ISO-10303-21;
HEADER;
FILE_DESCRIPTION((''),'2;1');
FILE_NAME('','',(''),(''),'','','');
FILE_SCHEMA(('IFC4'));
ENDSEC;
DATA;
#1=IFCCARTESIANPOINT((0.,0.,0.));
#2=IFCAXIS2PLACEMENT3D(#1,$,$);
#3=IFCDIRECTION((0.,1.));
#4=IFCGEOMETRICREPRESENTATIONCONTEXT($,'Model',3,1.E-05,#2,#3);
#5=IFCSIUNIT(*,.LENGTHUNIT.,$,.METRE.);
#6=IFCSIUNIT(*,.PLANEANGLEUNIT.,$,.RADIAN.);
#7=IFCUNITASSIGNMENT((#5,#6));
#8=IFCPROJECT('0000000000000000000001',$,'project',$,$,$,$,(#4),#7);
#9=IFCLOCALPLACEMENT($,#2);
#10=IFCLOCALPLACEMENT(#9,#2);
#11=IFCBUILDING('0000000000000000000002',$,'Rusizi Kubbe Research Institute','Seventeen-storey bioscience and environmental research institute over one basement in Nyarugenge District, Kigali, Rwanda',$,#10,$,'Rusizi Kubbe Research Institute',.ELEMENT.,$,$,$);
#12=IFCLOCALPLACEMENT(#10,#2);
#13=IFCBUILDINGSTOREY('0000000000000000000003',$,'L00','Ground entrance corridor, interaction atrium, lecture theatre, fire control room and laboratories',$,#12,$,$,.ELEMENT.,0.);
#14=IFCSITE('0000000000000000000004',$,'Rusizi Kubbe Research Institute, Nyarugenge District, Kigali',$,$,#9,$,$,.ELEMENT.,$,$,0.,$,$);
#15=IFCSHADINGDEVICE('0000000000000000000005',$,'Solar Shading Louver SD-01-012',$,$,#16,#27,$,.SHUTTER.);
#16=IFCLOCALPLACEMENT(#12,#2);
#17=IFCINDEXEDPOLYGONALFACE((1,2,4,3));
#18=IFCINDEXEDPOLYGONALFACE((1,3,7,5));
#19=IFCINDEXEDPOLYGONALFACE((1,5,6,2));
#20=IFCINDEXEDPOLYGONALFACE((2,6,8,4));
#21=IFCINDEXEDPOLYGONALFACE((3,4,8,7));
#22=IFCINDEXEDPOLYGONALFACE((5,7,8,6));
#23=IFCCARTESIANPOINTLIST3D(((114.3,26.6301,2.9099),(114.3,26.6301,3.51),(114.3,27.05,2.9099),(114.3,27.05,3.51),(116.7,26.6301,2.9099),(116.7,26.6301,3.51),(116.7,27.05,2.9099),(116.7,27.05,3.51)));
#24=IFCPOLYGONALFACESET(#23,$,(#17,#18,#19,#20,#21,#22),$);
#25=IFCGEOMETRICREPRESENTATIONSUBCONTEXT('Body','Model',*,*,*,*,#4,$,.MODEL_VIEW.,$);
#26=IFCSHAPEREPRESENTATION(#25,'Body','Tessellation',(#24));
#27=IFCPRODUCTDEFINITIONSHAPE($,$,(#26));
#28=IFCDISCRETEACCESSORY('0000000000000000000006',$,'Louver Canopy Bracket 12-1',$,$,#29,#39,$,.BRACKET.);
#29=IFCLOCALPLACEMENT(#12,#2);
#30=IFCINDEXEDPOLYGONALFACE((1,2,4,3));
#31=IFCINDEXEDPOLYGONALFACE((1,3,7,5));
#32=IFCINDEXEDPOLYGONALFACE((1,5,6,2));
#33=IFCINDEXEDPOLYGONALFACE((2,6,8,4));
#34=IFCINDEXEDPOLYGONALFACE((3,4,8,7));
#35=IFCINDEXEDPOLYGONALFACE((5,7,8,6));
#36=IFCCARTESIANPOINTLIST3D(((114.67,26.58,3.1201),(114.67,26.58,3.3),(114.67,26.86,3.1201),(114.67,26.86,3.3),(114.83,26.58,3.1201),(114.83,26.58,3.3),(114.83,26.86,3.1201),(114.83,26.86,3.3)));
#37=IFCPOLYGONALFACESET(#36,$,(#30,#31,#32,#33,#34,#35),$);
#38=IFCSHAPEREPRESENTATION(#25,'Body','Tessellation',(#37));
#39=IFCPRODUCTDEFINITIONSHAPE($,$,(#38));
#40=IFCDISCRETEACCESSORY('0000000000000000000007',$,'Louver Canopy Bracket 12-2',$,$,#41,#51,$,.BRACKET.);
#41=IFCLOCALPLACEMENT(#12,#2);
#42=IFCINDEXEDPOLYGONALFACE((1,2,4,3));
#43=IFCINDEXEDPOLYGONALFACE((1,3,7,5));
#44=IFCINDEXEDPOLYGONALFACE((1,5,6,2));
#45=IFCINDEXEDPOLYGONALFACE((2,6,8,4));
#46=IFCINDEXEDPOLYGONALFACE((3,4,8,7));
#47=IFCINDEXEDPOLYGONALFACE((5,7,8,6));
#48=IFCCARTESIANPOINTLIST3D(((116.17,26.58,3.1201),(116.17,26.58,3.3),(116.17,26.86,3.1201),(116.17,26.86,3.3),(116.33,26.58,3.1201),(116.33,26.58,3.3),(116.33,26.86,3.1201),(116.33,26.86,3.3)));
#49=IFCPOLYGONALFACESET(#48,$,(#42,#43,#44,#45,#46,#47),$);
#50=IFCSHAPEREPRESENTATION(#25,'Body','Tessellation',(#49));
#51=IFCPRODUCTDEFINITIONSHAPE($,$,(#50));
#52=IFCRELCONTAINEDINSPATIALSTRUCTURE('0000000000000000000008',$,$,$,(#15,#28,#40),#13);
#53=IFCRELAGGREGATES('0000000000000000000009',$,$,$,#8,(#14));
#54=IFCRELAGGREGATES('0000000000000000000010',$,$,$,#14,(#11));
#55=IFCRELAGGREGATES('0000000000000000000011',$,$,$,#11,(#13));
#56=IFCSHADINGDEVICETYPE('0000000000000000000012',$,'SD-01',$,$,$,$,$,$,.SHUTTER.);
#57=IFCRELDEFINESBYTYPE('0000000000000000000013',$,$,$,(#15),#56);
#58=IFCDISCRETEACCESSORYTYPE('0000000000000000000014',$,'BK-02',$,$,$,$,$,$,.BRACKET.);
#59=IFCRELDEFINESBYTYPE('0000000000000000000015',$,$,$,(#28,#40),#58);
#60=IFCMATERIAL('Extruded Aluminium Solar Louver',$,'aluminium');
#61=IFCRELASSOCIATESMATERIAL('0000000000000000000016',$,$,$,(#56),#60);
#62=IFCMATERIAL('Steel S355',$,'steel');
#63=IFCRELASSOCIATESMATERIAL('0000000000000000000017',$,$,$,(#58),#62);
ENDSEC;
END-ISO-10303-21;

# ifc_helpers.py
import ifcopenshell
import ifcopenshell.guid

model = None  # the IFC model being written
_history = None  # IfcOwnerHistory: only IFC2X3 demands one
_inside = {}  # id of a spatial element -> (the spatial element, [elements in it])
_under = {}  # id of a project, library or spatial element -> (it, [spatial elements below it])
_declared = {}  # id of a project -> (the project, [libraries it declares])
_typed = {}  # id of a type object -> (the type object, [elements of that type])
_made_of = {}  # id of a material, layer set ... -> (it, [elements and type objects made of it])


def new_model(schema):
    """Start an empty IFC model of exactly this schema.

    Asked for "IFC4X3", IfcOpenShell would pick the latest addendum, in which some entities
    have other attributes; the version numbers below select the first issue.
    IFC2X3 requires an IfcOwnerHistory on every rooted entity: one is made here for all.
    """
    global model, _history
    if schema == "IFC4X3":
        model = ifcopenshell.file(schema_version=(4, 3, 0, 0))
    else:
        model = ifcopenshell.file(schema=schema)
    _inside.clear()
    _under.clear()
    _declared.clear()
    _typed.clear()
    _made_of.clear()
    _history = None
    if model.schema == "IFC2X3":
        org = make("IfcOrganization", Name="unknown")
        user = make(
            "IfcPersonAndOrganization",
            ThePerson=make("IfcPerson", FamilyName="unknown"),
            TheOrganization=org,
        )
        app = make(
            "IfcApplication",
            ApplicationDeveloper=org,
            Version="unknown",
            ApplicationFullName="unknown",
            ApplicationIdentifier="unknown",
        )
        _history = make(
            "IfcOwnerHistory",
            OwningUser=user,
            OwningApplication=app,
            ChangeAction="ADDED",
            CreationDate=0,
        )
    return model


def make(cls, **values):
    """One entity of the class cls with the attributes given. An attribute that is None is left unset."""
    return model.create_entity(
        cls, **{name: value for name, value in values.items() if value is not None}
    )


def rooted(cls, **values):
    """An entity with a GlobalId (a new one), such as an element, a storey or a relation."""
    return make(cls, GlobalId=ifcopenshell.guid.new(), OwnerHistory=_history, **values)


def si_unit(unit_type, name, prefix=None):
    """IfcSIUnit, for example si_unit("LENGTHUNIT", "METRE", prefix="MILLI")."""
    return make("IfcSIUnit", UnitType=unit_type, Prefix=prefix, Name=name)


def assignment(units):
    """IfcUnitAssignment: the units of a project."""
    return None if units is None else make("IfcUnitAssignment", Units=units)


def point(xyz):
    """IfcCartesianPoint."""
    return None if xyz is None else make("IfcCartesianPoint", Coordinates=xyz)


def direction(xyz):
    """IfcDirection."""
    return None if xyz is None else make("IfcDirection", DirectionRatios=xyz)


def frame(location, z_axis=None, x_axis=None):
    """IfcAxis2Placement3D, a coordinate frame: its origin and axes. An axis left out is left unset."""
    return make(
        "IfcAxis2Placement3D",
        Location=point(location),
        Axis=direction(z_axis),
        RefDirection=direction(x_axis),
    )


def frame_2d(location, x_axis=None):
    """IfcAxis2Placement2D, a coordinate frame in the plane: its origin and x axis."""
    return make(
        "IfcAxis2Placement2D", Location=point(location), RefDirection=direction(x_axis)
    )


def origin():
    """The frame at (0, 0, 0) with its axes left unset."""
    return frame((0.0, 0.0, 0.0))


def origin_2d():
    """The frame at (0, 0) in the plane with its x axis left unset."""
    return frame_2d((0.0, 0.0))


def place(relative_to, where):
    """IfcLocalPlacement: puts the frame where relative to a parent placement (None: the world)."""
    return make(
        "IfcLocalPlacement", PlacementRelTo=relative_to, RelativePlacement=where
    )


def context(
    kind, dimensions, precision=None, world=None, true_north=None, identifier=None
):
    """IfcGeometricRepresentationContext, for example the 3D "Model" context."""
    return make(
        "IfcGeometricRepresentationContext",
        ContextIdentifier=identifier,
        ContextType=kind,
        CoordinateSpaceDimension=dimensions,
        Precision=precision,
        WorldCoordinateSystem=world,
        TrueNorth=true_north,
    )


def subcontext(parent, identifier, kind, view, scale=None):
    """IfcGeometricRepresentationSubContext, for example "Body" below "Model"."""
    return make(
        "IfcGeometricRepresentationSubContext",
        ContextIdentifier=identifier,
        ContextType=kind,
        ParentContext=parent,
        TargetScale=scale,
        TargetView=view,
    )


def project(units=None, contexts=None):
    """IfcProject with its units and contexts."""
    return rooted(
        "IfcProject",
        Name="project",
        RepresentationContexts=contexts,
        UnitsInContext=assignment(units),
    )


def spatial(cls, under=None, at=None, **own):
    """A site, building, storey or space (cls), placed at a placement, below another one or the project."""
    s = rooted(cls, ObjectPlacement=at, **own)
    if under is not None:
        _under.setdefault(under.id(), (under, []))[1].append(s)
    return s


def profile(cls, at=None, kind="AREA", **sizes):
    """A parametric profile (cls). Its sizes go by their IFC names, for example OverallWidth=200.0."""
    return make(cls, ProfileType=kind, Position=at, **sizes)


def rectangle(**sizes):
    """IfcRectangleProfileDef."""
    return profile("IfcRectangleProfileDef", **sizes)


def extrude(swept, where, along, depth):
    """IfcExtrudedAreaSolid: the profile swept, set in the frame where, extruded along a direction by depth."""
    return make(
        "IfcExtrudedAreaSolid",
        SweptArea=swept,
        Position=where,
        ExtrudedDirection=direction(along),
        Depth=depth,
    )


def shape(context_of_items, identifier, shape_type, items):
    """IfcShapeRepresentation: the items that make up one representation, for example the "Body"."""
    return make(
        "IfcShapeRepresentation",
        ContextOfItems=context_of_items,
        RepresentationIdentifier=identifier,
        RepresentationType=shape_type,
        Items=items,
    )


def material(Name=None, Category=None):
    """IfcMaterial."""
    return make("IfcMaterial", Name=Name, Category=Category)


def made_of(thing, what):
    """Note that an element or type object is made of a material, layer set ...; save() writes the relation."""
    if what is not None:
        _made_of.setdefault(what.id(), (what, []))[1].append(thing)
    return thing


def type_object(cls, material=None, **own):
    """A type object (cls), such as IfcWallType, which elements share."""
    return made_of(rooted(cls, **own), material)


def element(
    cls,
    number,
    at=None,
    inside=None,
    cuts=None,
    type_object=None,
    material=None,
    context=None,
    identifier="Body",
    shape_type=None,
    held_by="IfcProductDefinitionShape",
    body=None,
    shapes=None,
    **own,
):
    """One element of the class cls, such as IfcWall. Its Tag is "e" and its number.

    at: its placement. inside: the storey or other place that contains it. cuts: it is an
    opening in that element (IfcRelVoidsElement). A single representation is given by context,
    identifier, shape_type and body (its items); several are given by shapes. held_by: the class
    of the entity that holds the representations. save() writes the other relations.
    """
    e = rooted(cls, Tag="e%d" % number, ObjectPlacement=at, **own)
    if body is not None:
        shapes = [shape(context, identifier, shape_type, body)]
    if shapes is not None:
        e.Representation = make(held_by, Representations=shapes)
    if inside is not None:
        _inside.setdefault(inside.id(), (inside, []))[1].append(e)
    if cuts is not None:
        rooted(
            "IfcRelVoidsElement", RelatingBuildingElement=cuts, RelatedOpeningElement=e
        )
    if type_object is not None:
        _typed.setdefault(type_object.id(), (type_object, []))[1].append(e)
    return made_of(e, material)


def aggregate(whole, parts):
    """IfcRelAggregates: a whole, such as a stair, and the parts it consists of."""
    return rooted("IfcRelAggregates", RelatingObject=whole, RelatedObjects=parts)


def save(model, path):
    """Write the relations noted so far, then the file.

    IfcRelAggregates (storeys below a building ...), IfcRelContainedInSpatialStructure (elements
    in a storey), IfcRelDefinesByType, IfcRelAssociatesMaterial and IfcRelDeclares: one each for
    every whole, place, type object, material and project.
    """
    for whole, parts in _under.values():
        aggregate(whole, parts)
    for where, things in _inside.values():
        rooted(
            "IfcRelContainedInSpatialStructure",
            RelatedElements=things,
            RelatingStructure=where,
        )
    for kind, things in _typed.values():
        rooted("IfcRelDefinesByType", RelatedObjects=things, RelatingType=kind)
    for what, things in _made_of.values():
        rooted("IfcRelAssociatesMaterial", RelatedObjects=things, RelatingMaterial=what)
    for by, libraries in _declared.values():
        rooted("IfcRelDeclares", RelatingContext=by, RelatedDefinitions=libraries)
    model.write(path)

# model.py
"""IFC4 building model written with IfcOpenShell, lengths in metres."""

from ifc_helpers import new_model, si_unit, direction, frame, origin, origin_2d, place, context, subcontext, project, spatial, rectangle, extrude, material, type_object, element, save


model = new_model("IFC4")

# Units and contexts
model_context = context("Model", 3, precision=1e-05, world=origin(), true_north=direction((0.0, 1.0)))
body_context = subcontext(model_context, "Body", "Model", "MODEL_VIEW")
ifc_project = project(units=[si_unit("LENGTHUNIT", "METRE"), si_unit("PLANEANGLEUNIT", "RADIAN")], contexts=[model_context])

# Site, building, storey
site_placement = place(None, origin())
site = spatial("IfcSite", under=ifc_project, at=site_placement, Name="Rusizi Kubbe Research Institute, Nyarugenge District, Kigali", CompositionType="ELEMENT", RefElevation=0.0)
building_placement = place(site_placement, origin())
building = spatial("IfcBuilding", under=site, at=building_placement, Name="Rusizi Kubbe Research Institute", Description="Seventeen-storey bioscience and environmental research institute over one basement in Nyarugenge District, Kigali, Rwanda", LongName="Rusizi Kubbe Research Institute", CompositionType="ELEMENT")
storey_placement = place(building_placement, origin())
storey = spatial("IfcBuildingStorey", under=building, at=storey_placement, Name="L00", Description="Ground entrance corridor, interaction atrium, lecture theatre, fire control room and laboratories", CompositionType="ELEMENT", Elevation=0.0)

# Shading device
ifc_material_1 = material(Name="Extruded Aluminium Solar Louver", Category="aluminium")
shading_device_type = type_object("IfcShadingDeviceType", Name="SD-01", PredefinedType="SHUTTER", material=ifc_material_1)
shading_device_placement = place(storey_placement, frame((115.5, 26.8401, 2.9099), z_axis=(0.0, 0.0, 1.0), x_axis=(1.0, 0.0, 0.0)))
element("IfcShadingDevice", 1, at=shading_device_placement, inside=storey, type_object=shading_device_type, Name="Solar Shading Louver SD-01-012", PredefinedType="SHUTTER", context=body_context, shape_type="SweptSolid", body=[
    extrude(rectangle(XDim=2.3999, YDim=0.4199, at=origin_2d()), origin(), (0.0, 0.0, 1.0), 0.6001),
])

# Discrete accessories
ifc_material_2 = material(Name="Steel S355", Category="steel")
discrete_accessory_type = type_object("IfcDiscreteAccessoryType", Name="BK-02", PredefinedType="BRACKET", material=ifc_material_2)
for number, where, z_axis, x_axis, name in (
    (2, (114.75, 26.72, 3.1201), (0.0, 0.0, 1.0), (1.0, 0.0, 0.0), "Louver Canopy Bracket 12-1"),
    (3, (116.25, 26.72, 3.1201), (0.0, 0.0, 1.0), (1.0, 0.0, 0.0), "Louver Canopy Bracket 12-2"),
):
    element("IfcDiscreteAccessory", number, at=place(storey_placement, frame(where, z_axis=z_axis, x_axis=x_axis)), inside=storey, type_object=discrete_accessory_type, Name=name, PredefinedType="BRACKET", context=body_context, shape_type="SweptSolid", body=[
        extrude(rectangle(XDim=0.1599, YDim=0.28, at=origin_2d()), origin(), (0.0, 0.0, 1.0), 0.1799),
    ])

save(model, "model.ifc")
